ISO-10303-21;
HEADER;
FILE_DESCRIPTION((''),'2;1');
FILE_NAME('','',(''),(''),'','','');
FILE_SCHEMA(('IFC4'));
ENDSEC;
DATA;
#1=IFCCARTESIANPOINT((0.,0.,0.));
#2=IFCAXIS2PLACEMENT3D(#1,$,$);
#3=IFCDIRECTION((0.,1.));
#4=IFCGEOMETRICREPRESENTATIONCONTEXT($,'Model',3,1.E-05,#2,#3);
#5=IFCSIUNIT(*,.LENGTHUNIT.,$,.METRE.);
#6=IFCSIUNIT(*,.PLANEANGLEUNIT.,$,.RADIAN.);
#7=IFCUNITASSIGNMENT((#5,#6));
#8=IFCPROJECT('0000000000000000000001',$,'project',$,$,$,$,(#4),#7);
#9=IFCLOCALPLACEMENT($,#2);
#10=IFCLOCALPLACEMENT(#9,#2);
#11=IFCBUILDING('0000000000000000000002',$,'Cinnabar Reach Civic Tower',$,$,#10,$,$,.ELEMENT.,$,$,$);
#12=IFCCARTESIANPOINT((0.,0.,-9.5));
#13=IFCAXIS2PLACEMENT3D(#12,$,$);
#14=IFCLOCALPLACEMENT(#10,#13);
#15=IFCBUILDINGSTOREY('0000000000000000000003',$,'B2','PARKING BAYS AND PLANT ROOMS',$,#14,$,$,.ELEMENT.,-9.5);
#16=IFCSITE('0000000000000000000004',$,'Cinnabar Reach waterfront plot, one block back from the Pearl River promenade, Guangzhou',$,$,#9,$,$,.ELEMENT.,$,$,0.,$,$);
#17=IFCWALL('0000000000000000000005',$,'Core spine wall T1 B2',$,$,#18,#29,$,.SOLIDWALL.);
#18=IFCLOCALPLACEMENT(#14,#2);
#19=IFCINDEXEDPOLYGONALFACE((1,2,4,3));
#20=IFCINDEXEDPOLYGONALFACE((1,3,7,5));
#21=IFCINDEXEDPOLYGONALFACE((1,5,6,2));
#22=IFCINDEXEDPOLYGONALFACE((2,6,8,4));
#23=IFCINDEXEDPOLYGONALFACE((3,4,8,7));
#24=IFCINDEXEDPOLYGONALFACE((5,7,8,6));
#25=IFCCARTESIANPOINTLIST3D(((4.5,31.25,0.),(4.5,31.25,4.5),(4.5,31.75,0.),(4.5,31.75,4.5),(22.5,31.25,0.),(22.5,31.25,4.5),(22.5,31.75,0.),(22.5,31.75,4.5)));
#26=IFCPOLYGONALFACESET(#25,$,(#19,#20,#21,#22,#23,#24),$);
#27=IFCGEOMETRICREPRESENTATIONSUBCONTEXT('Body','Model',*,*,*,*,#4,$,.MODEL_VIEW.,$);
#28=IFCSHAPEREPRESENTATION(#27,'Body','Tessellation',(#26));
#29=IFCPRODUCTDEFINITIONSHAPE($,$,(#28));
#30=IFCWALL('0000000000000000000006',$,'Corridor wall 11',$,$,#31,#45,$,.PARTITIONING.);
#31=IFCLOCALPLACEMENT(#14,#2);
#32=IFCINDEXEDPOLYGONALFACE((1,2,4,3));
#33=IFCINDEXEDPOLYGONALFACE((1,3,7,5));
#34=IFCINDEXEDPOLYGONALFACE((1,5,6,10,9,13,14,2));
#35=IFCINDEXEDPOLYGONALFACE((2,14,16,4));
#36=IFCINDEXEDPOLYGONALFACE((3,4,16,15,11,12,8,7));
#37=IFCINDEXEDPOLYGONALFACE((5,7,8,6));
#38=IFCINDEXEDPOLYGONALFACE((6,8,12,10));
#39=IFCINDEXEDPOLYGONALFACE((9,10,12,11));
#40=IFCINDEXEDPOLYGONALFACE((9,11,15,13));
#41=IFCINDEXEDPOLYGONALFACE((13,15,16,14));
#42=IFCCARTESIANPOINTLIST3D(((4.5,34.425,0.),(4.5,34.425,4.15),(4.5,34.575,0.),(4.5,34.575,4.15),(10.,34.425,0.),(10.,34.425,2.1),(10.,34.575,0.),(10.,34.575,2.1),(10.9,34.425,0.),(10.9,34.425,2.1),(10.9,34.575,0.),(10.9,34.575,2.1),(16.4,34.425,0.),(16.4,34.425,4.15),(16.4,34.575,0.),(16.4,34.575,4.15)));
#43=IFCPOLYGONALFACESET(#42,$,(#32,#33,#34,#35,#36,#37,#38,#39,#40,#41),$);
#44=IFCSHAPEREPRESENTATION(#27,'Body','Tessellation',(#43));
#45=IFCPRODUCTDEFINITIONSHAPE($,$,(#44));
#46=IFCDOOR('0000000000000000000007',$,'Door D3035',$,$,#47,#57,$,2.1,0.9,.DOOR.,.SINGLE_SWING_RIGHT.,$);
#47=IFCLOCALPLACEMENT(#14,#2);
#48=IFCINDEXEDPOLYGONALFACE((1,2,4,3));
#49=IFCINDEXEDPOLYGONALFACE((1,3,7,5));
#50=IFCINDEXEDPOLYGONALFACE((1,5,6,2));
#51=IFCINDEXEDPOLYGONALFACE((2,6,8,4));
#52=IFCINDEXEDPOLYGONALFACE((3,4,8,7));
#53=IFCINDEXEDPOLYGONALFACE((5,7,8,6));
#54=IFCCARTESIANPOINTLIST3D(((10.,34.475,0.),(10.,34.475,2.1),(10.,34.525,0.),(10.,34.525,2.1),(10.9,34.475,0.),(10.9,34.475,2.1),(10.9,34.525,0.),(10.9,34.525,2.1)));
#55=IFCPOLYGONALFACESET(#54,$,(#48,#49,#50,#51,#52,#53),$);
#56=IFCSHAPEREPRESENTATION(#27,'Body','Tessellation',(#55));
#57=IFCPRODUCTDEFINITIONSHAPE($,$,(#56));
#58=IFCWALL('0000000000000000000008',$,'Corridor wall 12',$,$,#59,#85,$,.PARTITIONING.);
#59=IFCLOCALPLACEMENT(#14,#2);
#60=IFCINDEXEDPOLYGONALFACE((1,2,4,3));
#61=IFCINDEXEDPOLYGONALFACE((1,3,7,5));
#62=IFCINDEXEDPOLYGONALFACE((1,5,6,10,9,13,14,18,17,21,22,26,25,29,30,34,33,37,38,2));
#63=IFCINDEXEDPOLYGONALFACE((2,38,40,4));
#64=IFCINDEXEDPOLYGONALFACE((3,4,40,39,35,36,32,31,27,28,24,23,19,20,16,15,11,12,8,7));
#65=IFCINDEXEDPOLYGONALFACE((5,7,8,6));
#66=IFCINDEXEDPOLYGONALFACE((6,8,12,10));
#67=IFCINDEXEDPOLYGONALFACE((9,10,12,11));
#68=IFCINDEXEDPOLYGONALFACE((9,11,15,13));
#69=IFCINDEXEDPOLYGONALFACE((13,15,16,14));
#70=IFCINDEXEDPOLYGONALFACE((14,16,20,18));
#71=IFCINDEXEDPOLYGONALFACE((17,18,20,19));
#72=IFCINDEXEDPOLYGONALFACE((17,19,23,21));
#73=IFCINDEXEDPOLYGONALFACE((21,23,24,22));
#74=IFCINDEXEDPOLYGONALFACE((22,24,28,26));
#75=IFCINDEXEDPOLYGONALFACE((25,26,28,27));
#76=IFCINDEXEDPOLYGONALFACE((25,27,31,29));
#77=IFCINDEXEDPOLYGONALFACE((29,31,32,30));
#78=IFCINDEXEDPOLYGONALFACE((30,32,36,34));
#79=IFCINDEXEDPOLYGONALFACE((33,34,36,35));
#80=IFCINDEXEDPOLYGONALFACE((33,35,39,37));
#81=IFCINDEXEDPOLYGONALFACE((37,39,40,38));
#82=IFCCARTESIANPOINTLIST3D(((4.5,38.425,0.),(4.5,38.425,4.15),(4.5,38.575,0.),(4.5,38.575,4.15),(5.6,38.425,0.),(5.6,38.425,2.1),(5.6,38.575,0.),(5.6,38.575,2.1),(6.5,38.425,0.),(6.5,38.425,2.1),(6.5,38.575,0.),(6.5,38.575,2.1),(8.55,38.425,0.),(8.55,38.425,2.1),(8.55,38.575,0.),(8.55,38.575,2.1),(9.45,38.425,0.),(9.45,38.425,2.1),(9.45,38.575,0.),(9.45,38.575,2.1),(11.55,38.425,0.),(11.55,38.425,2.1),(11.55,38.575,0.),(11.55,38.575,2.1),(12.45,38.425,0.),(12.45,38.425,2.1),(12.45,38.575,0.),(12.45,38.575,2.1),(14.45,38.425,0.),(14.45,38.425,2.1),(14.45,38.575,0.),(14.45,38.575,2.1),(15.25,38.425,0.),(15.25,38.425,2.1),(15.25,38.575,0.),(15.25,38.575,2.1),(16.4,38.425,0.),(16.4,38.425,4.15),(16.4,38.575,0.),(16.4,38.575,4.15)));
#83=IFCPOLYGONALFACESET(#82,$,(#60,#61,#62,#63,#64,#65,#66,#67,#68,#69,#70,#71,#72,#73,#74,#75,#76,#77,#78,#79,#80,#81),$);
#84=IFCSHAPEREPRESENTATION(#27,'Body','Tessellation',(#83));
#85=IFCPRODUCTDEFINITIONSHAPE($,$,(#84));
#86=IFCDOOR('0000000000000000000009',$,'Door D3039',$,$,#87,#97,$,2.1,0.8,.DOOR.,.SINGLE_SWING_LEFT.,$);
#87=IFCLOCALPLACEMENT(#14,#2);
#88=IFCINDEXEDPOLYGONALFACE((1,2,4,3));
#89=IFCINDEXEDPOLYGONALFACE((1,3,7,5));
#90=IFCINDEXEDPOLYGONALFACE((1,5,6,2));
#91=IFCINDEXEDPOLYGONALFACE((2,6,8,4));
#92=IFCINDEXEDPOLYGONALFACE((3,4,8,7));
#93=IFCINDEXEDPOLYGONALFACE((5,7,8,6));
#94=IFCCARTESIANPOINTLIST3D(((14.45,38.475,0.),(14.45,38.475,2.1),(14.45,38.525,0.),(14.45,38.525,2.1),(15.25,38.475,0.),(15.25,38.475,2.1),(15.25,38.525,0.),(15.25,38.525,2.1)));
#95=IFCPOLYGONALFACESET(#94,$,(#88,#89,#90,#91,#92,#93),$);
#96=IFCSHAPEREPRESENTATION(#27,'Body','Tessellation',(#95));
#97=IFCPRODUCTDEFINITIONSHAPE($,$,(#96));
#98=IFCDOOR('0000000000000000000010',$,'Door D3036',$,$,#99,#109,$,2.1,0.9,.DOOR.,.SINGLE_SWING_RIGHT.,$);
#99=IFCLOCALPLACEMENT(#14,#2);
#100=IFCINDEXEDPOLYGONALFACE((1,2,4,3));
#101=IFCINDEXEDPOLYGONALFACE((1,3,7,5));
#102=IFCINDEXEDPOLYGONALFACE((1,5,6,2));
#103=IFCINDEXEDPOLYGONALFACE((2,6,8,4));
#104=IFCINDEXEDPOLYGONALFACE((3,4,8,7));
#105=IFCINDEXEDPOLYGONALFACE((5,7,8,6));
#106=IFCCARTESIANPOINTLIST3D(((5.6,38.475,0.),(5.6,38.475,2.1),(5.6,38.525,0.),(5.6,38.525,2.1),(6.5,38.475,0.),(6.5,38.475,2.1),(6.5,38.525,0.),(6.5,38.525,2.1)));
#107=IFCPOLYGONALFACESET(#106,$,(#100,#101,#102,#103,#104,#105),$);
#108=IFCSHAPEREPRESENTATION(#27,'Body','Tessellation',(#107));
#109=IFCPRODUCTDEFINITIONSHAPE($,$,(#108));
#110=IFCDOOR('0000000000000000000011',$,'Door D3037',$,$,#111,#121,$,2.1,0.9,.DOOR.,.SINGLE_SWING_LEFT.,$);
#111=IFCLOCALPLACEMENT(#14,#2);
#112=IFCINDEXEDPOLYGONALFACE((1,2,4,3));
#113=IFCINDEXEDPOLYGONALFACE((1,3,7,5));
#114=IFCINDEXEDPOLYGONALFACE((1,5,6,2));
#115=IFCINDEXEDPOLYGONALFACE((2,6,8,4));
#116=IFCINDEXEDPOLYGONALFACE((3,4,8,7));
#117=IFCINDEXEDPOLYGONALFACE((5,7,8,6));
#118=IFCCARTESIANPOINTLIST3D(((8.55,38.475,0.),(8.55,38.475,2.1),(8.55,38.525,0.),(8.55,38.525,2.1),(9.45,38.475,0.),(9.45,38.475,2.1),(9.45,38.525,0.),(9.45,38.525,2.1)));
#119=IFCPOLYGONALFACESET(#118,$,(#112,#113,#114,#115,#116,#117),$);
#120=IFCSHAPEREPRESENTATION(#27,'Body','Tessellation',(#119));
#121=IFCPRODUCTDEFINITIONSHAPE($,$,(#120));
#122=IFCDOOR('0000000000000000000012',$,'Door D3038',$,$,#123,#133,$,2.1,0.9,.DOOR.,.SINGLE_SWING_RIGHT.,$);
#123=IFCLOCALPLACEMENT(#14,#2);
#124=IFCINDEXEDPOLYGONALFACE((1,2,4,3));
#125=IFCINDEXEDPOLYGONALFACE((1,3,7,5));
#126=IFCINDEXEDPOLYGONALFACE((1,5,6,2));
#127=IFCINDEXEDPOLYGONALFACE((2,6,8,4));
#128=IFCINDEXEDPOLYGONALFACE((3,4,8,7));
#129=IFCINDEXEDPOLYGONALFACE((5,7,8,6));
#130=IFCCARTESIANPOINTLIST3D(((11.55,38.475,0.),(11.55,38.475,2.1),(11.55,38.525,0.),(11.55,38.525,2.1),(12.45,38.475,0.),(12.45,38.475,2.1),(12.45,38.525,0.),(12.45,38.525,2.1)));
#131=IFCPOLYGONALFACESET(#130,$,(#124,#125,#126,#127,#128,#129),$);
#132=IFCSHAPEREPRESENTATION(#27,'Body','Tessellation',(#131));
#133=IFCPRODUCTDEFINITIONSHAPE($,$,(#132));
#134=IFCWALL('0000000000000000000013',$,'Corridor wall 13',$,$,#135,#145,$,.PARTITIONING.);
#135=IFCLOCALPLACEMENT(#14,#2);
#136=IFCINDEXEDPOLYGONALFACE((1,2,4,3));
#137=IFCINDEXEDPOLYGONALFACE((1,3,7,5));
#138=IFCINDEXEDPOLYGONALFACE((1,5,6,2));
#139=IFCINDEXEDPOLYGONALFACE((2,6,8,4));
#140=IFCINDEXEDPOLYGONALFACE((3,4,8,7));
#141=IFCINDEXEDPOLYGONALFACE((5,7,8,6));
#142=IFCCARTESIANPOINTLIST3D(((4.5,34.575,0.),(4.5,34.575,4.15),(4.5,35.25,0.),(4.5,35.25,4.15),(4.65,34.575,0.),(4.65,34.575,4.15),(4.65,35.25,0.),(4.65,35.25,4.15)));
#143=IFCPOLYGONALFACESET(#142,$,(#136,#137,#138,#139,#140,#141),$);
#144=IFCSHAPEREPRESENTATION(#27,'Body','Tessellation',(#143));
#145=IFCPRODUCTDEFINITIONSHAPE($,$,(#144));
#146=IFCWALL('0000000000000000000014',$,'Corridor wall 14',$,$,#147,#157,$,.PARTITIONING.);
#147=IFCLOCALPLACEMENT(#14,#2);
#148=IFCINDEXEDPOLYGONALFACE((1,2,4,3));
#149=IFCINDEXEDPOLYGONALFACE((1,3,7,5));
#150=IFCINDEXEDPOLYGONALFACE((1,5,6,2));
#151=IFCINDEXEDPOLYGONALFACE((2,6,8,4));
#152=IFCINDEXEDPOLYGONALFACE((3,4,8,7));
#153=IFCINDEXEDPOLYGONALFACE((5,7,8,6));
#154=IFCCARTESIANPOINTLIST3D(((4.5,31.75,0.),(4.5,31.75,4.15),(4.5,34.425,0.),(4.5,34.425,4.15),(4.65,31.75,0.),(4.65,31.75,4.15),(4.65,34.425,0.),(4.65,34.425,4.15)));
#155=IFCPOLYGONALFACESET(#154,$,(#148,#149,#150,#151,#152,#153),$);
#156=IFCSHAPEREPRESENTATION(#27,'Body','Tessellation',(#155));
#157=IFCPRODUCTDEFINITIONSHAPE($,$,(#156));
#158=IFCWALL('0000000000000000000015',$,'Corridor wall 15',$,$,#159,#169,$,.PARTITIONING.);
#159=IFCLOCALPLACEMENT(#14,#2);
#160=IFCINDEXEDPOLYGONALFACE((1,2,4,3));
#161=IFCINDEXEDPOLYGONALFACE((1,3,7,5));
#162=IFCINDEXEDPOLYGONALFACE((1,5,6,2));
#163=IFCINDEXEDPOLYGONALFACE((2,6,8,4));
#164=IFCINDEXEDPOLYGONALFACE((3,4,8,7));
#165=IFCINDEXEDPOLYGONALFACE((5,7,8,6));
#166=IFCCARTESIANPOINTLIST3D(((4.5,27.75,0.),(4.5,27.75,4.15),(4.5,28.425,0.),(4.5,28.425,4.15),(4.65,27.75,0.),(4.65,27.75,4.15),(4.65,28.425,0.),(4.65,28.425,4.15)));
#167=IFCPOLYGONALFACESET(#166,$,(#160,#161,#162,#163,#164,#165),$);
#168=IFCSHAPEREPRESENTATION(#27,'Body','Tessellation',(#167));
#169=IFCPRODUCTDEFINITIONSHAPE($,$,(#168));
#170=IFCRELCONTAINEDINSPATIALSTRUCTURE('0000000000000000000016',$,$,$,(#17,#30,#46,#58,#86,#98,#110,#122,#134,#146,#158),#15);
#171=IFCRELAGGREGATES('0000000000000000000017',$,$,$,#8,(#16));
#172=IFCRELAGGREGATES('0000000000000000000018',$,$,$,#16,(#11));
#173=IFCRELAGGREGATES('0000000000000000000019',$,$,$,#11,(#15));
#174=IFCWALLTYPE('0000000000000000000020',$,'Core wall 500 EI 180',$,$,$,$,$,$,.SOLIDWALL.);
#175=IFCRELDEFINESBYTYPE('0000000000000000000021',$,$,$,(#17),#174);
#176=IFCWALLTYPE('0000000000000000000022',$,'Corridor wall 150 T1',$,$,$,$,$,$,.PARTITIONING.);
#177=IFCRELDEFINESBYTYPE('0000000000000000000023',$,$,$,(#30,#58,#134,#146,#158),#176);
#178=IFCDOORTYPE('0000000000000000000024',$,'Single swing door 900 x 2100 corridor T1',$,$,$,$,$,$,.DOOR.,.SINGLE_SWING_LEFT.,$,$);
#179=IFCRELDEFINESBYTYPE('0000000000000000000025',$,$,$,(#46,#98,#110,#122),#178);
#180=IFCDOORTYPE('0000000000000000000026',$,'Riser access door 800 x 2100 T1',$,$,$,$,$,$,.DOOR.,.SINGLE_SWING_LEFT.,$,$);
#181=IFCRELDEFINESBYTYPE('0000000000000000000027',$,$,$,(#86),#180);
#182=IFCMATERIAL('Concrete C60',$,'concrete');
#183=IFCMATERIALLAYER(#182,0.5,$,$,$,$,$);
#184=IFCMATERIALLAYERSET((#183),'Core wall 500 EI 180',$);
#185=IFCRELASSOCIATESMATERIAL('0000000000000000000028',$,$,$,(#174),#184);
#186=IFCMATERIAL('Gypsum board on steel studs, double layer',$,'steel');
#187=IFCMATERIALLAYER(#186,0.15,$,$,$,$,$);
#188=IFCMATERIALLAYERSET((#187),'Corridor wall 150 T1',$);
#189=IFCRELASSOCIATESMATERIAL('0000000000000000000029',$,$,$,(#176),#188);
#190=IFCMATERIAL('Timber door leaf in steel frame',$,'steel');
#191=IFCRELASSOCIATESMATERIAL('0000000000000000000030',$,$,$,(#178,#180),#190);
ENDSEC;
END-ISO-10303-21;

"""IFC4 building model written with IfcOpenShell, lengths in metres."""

from ifc_helpers import new_model, si_unit, direction, frame, frame_2d, origin, place, context, subcontext, project, spatial, rectangle, extrude, material, layer, layer_set, type_object, element, fill, save


model = new_model("IFC4")

# Units and contexts
model_context = context("Model", 3, precision=1e-05, world=origin(), true_north=direction((0.0, 1.0)))
body_context = subcontext(model_context, "Body", "Model", "MODEL_VIEW")
ifc_project = project(units=[si_unit("LENGTHUNIT", "METRE"), si_unit("PLANEANGLEUNIT", "RADIAN")], contexts=[model_context])

# Site, building, storey
site_placement = place(None, origin())
site = spatial("IfcSite", under=ifc_project, at=site_placement, Name="Cinnabar Reach waterfront plot, one block back from the Pearl River promenade, Guangzhou", CompositionType="ELEMENT", RefElevation=0.0)
building_placement = place(site_placement, origin())
building = spatial("IfcBuilding", under=site, at=building_placement, Name="Cinnabar Reach Civic Tower", CompositionType="ELEMENT")
storey_placement = place(building_placement, frame((0.0, 0.0, -9.5)))
storey = spatial("IfcBuildingStorey", under=building, at=storey_placement, Name="B2", Description="PARKING BAYS AND PLANT ROOMS", CompositionType="ELEMENT", Elevation=-9.5)

# Wall
ifc_material_1 = material(Name="Concrete C60", Category="concrete")
ifc_layer_1 = layer(ifc_material_1, 0.5)
ifc_layer_set_1 = layer_set([ifc_layer_1], Name="Core wall 500 EI 180")
wall_type_1 = type_object("IfcWallType", Name="Core wall 500 EI 180", PredefinedType="SOLIDWALL", material=ifc_layer_set_1)
wall_1_placement = place(storey_placement, frame((4.5, 31.5, 0.0), z_axis=(0.0, 0.0, 1.0), x_axis=(1.0, 0.0, 0.0)))
element("IfcWall", 1, at=wall_1_placement, inside=storey, type_object=wall_type_1, Name="Core spine wall T1 B2", PredefinedType="SOLIDWALL", context=body_context, shape_type="SweptSolid", body=[
    extrude(rectangle(XDim=18.0, YDim=0.5, at=frame_2d((9.0, 0.0))), origin(), (0.0, 0.0, 1.0), 4.5),
])

# Wall, opening, door
ifc_material_2 = material(Name="Gypsum board on steel studs, double layer", Category="steel")
ifc_layer_2 = layer(ifc_material_2, 0.15)
ifc_layer_set_2 = layer_set([ifc_layer_2], Name="Corridor wall 150 T1")
wall_type_2 = type_object("IfcWallType", Name="Corridor wall 150 T1", PredefinedType="PARTITIONING", material=ifc_layer_set_2)
wall_2_placement = place(storey_placement, frame((4.5, 34.5, 0.0), z_axis=(0.0, 0.0, 1.0), x_axis=(1.0, 0.0, 0.0)))
wall_2 = element("IfcWall", 2, at=wall_2_placement, inside=storey, type_object=wall_type_2, Name="Corridor wall 11", PredefinedType="PARTITIONING", context=body_context, shape_type="SweptSolid", body=[
    extrude(rectangle(XDim=11.9, YDim=0.15, at=frame_2d((5.95, 0.0))), origin(), (0.0, 0.0, 1.0), 4.15),
])
opening_1_placement = place(wall_2_placement, frame((5.5, 0.0, 0.0)))
opening_1 = element("IfcOpeningElement", 3, at=opening_1_placement, cuts=wall_2, PredefinedType="OPENING", context=body_context, shape_type="SweptSolid", body=[
    extrude(rectangle(XDim=0.9, YDim=2.1, at=frame_2d((0.45, 1.05))), frame((0.0, 0.085, 0.0), z_axis=(0.0, -1.0, 0.0), x_axis=(1.0, 0.0, 0.0)), (0.0, 0.0, 1.0), 0.17),
])
ifc_material_3 = material(Name="Timber door leaf in steel frame", Category="steel")
door_type_1 = type_object("IfcDoorType", Name="Single swing door 900 x 2100 corridor T1", OperationType="SINGLE_SWING_LEFT", PredefinedType="DOOR", material=ifc_material_3)
door_1_placement = place(opening_1_placement, frame((0.9, 0.0, 0.0), z_axis=(0.0, 0.0, 1.0), x_axis=(-1.0, 0.0, 0.0)))
door_1 = element("IfcDoor", 4, at=door_1_placement, inside=storey, type_object=door_type_1, Name="Door D3035", OperationType="SINGLE_SWING_RIGHT", OverallHeight=2.1, OverallWidth=0.9, PredefinedType="DOOR", context=body_context, shape_type="SweptSolid", body=[
    extrude(rectangle(XDim=0.9, YDim=2.1, at=frame_2d((0.45, 1.05))), frame((0.0, 0.025, 0.0), z_axis=(0.0, -1.0, 0.0), x_axis=(1.0, 0.0, 0.0)), (0.0, 0.0, 1.0), 0.05),
])
fill(opening_1, door_1)

# Wall, openings, doors
wall_3_placement = place(storey_placement, frame((4.5, 38.5, 0.0), z_axis=(0.0, 0.0, 1.0), x_axis=(1.0, 0.0, 0.0)))
wall_3 = element("IfcWall", 5, at=wall_3_placement, inside=storey, type_object=wall_type_2, Name="Corridor wall 12", PredefinedType="PARTITIONING", context=body_context, shape_type="SweptSolid", body=[
    extrude(rectangle(XDim=11.9, YDim=0.15, at=frame_2d((5.95, 0.0))), origin(), (0.0, 0.0, 1.0), 4.15),
])
opening_2_placement = place(wall_3_placement, frame((1.1, 0.0, 0.0)))
opening_2 = element("IfcOpeningElement", 6, at=opening_2_placement, cuts=wall_3, PredefinedType="OPENING", context=body_context, shape_type="SweptSolid", body=[
    extrude(rectangle(XDim=0.9, YDim=2.1, at=frame_2d((0.45, 1.05))), frame((0.0, 0.085, 0.0), z_axis=(0.0, -1.0, 0.0), x_axis=(1.0, 0.0, 0.0)), (0.0, 0.0, 1.0), 0.17),
])
opening_3_placement = place(wall_3_placement, frame((4.05, 0.0, 0.0)))
opening_3 = element("IfcOpeningElement", 7, at=opening_3_placement, cuts=wall_3, PredefinedType="OPENING", context=body_context, shape_type="SweptSolid", body=[
    extrude(rectangle(XDim=0.9, YDim=2.1, at=frame_2d((0.45, 1.05))), frame((0.0, 0.085, 0.0), z_axis=(0.0, -1.0, 0.0), x_axis=(1.0, 0.0, 0.0)), (0.0, 0.0, 1.0), 0.17),
])
opening_4_placement = place(wall_3_placement, frame((7.05, 0.0, 0.0)))
opening_4 = element("IfcOpeningElement", 8, at=opening_4_placement, cuts=wall_3, PredefinedType="OPENING", context=body_context, shape_type="SweptSolid", body=[
    extrude(rectangle(XDim=0.9, YDim=2.1, at=frame_2d((0.45, 1.05))), frame((0.0, 0.085, 0.0), z_axis=(0.0, -1.0, 0.0), x_axis=(1.0, 0.0, 0.0)), (0.0, 0.0, 1.0), 0.17),
])
opening_5_placement = place(wall_3_placement, frame((9.95, 0.0, 0.0)))
opening_5 = element("IfcOpeningElement", 9, at=opening_5_placement, cuts=wall_3, PredefinedType="OPENING", context=body_context, shape_type="SweptSolid", body=[
    extrude(rectangle(XDim=0.8, YDim=2.1, at=frame_2d((0.4, 1.05))), frame((0.0, 0.085, 0.0), z_axis=(0.0, -1.0, 0.0), x_axis=(1.0, 0.0, 0.0)), (0.0, 0.0, 1.0), 0.17),
])
door_type_2 = type_object("IfcDoorType", Name="Riser access door 800 x 2100 T1", OperationType="SINGLE_SWING_LEFT", PredefinedType="DOOR", material=ifc_material_3)
door_2_placement = place(opening_5_placement, origin())
door_2 = element("IfcDoor", 10, at=door_2_placement, inside=storey, type_object=door_type_2, Name="Door D3039", OperationType="SINGLE_SWING_LEFT", OverallHeight=2.1, OverallWidth=0.8, PredefinedType="DOOR", context=body_context, shape_type="SweptSolid", body=[
    extrude(rectangle(XDim=0.8, YDim=2.1, at=frame_2d((0.4, 1.05))), frame((0.0, 0.025, 0.0), z_axis=(0.0, -1.0, 0.0), x_axis=(1.0, 0.0, 0.0)), (0.0, 0.0, 1.0), 0.05),
])
fill(opening_5, door_2)
door_3_placement = place(opening_2_placement, origin())
door_3 = element("IfcDoor", 11, at=door_3_placement, inside=storey, type_object=door_type_1, Name="Door D3036", OperationType="SINGLE_SWING_RIGHT", OverallHeight=2.1, OverallWidth=0.9, PredefinedType="DOOR", context=body_context, shape_type="SweptSolid", body=[
    extrude(rectangle(XDim=0.9, YDim=2.1, at=frame_2d((0.45, 1.05))), frame((0.0, 0.025, 0.0), z_axis=(0.0, -1.0, 0.0), x_axis=(1.0, 0.0, 0.0)), (0.0, 0.0, 1.0), 0.05),
])
fill(opening_2, door_3)
door_4_placement = place(opening_3_placement, origin())
door_4 = element("IfcDoor", 12, at=door_4_placement, inside=storey, type_object=door_type_1, Name="Door D3037", OperationType="SINGLE_SWING_LEFT", OverallHeight=2.1, OverallWidth=0.9, PredefinedType="DOOR", context=body_context, shape_type="SweptSolid", body=[
    extrude(rectangle(XDim=0.9, YDim=2.1, at=frame_2d((0.45, 1.05))), frame((0.0, 0.025, 0.0), z_axis=(0.0, -1.0, 0.0), x_axis=(1.0, 0.0, 0.0)), (0.0, 0.0, 1.0), 0.05),
])
fill(opening_3, door_4)
door_5_placement = place(opening_4_placement, origin())
door_5 = element("IfcDoor", 13, at=door_5_placement, inside=storey, type_object=door_type_1, Name="Door D3038", OperationType="SINGLE_SWING_RIGHT", OverallHeight=2.1, OverallWidth=0.9, PredefinedType="DOOR", context=body_context, shape_type="SweptSolid", body=[
    extrude(rectangle(XDim=0.9, YDim=2.1, at=frame_2d((0.45, 1.05))), frame((0.0, 0.025, 0.0), z_axis=(0.0, -1.0, 0.0), x_axis=(1.0, 0.0, 0.0)), (0.0, 0.0, 1.0), 0.05),
])
fill(opening_4, door_5)

# Walls
wall_4_placement = place(storey_placement, frame((4.575, 34.575, 0.0), z_axis=(0.0, 0.0, 1.0), x_axis=(0.0, 1.0, 0.0)))
element("IfcWall", 14, at=wall_4_placement, inside=storey, type_object=wall_type_2, Name="Corridor wall 13", PredefinedType="PARTITIONING", context=body_context, shape_type="SweptSolid", body=[
    extrude(rectangle(XDim=0.675, YDim=0.15, at=frame_2d((0.3375, 0.0))), origin(), (0.0, 0.0, 1.0), 4.15),
])
wall_5_placement = place(storey_placement, frame((4.575, 31.75, 0.0), z_axis=(0.0, 0.0, 1.0), x_axis=(0.0, 1.0, 0.0)))
element("IfcWall", 15, at=wall_5_placement, inside=storey, type_object=wall_type_2, Name="Corridor wall 14", PredefinedType="PARTITIONING", context=body_context, shape_type="SweptSolid", body=[
    extrude(rectangle(XDim=2.675, YDim=0.15, at=frame_2d((1.3375, 0.0))), origin(), (0.0, 0.0, 1.0), 4.15),
])
wall_6_placement = place(storey_placement, frame((4.575, 27.75, 0.0), z_axis=(0.0, 0.0, 1.0), x_axis=(0.0, 1.0, 0.0)))
element("IfcWall", 16, at=wall_6_placement, inside=storey, type_object=wall_type_2, Name="Corridor wall 15", PredefinedType="PARTITIONING", context=body_context, shape_type="SweptSolid", body=[
    extrude(rectangle(XDim=0.675, YDim=0.15, at=frame_2d((0.3375, 0.0))), origin(), (0.0, 0.0, 1.0), 4.15),
])

save(model, "model.ifc")
